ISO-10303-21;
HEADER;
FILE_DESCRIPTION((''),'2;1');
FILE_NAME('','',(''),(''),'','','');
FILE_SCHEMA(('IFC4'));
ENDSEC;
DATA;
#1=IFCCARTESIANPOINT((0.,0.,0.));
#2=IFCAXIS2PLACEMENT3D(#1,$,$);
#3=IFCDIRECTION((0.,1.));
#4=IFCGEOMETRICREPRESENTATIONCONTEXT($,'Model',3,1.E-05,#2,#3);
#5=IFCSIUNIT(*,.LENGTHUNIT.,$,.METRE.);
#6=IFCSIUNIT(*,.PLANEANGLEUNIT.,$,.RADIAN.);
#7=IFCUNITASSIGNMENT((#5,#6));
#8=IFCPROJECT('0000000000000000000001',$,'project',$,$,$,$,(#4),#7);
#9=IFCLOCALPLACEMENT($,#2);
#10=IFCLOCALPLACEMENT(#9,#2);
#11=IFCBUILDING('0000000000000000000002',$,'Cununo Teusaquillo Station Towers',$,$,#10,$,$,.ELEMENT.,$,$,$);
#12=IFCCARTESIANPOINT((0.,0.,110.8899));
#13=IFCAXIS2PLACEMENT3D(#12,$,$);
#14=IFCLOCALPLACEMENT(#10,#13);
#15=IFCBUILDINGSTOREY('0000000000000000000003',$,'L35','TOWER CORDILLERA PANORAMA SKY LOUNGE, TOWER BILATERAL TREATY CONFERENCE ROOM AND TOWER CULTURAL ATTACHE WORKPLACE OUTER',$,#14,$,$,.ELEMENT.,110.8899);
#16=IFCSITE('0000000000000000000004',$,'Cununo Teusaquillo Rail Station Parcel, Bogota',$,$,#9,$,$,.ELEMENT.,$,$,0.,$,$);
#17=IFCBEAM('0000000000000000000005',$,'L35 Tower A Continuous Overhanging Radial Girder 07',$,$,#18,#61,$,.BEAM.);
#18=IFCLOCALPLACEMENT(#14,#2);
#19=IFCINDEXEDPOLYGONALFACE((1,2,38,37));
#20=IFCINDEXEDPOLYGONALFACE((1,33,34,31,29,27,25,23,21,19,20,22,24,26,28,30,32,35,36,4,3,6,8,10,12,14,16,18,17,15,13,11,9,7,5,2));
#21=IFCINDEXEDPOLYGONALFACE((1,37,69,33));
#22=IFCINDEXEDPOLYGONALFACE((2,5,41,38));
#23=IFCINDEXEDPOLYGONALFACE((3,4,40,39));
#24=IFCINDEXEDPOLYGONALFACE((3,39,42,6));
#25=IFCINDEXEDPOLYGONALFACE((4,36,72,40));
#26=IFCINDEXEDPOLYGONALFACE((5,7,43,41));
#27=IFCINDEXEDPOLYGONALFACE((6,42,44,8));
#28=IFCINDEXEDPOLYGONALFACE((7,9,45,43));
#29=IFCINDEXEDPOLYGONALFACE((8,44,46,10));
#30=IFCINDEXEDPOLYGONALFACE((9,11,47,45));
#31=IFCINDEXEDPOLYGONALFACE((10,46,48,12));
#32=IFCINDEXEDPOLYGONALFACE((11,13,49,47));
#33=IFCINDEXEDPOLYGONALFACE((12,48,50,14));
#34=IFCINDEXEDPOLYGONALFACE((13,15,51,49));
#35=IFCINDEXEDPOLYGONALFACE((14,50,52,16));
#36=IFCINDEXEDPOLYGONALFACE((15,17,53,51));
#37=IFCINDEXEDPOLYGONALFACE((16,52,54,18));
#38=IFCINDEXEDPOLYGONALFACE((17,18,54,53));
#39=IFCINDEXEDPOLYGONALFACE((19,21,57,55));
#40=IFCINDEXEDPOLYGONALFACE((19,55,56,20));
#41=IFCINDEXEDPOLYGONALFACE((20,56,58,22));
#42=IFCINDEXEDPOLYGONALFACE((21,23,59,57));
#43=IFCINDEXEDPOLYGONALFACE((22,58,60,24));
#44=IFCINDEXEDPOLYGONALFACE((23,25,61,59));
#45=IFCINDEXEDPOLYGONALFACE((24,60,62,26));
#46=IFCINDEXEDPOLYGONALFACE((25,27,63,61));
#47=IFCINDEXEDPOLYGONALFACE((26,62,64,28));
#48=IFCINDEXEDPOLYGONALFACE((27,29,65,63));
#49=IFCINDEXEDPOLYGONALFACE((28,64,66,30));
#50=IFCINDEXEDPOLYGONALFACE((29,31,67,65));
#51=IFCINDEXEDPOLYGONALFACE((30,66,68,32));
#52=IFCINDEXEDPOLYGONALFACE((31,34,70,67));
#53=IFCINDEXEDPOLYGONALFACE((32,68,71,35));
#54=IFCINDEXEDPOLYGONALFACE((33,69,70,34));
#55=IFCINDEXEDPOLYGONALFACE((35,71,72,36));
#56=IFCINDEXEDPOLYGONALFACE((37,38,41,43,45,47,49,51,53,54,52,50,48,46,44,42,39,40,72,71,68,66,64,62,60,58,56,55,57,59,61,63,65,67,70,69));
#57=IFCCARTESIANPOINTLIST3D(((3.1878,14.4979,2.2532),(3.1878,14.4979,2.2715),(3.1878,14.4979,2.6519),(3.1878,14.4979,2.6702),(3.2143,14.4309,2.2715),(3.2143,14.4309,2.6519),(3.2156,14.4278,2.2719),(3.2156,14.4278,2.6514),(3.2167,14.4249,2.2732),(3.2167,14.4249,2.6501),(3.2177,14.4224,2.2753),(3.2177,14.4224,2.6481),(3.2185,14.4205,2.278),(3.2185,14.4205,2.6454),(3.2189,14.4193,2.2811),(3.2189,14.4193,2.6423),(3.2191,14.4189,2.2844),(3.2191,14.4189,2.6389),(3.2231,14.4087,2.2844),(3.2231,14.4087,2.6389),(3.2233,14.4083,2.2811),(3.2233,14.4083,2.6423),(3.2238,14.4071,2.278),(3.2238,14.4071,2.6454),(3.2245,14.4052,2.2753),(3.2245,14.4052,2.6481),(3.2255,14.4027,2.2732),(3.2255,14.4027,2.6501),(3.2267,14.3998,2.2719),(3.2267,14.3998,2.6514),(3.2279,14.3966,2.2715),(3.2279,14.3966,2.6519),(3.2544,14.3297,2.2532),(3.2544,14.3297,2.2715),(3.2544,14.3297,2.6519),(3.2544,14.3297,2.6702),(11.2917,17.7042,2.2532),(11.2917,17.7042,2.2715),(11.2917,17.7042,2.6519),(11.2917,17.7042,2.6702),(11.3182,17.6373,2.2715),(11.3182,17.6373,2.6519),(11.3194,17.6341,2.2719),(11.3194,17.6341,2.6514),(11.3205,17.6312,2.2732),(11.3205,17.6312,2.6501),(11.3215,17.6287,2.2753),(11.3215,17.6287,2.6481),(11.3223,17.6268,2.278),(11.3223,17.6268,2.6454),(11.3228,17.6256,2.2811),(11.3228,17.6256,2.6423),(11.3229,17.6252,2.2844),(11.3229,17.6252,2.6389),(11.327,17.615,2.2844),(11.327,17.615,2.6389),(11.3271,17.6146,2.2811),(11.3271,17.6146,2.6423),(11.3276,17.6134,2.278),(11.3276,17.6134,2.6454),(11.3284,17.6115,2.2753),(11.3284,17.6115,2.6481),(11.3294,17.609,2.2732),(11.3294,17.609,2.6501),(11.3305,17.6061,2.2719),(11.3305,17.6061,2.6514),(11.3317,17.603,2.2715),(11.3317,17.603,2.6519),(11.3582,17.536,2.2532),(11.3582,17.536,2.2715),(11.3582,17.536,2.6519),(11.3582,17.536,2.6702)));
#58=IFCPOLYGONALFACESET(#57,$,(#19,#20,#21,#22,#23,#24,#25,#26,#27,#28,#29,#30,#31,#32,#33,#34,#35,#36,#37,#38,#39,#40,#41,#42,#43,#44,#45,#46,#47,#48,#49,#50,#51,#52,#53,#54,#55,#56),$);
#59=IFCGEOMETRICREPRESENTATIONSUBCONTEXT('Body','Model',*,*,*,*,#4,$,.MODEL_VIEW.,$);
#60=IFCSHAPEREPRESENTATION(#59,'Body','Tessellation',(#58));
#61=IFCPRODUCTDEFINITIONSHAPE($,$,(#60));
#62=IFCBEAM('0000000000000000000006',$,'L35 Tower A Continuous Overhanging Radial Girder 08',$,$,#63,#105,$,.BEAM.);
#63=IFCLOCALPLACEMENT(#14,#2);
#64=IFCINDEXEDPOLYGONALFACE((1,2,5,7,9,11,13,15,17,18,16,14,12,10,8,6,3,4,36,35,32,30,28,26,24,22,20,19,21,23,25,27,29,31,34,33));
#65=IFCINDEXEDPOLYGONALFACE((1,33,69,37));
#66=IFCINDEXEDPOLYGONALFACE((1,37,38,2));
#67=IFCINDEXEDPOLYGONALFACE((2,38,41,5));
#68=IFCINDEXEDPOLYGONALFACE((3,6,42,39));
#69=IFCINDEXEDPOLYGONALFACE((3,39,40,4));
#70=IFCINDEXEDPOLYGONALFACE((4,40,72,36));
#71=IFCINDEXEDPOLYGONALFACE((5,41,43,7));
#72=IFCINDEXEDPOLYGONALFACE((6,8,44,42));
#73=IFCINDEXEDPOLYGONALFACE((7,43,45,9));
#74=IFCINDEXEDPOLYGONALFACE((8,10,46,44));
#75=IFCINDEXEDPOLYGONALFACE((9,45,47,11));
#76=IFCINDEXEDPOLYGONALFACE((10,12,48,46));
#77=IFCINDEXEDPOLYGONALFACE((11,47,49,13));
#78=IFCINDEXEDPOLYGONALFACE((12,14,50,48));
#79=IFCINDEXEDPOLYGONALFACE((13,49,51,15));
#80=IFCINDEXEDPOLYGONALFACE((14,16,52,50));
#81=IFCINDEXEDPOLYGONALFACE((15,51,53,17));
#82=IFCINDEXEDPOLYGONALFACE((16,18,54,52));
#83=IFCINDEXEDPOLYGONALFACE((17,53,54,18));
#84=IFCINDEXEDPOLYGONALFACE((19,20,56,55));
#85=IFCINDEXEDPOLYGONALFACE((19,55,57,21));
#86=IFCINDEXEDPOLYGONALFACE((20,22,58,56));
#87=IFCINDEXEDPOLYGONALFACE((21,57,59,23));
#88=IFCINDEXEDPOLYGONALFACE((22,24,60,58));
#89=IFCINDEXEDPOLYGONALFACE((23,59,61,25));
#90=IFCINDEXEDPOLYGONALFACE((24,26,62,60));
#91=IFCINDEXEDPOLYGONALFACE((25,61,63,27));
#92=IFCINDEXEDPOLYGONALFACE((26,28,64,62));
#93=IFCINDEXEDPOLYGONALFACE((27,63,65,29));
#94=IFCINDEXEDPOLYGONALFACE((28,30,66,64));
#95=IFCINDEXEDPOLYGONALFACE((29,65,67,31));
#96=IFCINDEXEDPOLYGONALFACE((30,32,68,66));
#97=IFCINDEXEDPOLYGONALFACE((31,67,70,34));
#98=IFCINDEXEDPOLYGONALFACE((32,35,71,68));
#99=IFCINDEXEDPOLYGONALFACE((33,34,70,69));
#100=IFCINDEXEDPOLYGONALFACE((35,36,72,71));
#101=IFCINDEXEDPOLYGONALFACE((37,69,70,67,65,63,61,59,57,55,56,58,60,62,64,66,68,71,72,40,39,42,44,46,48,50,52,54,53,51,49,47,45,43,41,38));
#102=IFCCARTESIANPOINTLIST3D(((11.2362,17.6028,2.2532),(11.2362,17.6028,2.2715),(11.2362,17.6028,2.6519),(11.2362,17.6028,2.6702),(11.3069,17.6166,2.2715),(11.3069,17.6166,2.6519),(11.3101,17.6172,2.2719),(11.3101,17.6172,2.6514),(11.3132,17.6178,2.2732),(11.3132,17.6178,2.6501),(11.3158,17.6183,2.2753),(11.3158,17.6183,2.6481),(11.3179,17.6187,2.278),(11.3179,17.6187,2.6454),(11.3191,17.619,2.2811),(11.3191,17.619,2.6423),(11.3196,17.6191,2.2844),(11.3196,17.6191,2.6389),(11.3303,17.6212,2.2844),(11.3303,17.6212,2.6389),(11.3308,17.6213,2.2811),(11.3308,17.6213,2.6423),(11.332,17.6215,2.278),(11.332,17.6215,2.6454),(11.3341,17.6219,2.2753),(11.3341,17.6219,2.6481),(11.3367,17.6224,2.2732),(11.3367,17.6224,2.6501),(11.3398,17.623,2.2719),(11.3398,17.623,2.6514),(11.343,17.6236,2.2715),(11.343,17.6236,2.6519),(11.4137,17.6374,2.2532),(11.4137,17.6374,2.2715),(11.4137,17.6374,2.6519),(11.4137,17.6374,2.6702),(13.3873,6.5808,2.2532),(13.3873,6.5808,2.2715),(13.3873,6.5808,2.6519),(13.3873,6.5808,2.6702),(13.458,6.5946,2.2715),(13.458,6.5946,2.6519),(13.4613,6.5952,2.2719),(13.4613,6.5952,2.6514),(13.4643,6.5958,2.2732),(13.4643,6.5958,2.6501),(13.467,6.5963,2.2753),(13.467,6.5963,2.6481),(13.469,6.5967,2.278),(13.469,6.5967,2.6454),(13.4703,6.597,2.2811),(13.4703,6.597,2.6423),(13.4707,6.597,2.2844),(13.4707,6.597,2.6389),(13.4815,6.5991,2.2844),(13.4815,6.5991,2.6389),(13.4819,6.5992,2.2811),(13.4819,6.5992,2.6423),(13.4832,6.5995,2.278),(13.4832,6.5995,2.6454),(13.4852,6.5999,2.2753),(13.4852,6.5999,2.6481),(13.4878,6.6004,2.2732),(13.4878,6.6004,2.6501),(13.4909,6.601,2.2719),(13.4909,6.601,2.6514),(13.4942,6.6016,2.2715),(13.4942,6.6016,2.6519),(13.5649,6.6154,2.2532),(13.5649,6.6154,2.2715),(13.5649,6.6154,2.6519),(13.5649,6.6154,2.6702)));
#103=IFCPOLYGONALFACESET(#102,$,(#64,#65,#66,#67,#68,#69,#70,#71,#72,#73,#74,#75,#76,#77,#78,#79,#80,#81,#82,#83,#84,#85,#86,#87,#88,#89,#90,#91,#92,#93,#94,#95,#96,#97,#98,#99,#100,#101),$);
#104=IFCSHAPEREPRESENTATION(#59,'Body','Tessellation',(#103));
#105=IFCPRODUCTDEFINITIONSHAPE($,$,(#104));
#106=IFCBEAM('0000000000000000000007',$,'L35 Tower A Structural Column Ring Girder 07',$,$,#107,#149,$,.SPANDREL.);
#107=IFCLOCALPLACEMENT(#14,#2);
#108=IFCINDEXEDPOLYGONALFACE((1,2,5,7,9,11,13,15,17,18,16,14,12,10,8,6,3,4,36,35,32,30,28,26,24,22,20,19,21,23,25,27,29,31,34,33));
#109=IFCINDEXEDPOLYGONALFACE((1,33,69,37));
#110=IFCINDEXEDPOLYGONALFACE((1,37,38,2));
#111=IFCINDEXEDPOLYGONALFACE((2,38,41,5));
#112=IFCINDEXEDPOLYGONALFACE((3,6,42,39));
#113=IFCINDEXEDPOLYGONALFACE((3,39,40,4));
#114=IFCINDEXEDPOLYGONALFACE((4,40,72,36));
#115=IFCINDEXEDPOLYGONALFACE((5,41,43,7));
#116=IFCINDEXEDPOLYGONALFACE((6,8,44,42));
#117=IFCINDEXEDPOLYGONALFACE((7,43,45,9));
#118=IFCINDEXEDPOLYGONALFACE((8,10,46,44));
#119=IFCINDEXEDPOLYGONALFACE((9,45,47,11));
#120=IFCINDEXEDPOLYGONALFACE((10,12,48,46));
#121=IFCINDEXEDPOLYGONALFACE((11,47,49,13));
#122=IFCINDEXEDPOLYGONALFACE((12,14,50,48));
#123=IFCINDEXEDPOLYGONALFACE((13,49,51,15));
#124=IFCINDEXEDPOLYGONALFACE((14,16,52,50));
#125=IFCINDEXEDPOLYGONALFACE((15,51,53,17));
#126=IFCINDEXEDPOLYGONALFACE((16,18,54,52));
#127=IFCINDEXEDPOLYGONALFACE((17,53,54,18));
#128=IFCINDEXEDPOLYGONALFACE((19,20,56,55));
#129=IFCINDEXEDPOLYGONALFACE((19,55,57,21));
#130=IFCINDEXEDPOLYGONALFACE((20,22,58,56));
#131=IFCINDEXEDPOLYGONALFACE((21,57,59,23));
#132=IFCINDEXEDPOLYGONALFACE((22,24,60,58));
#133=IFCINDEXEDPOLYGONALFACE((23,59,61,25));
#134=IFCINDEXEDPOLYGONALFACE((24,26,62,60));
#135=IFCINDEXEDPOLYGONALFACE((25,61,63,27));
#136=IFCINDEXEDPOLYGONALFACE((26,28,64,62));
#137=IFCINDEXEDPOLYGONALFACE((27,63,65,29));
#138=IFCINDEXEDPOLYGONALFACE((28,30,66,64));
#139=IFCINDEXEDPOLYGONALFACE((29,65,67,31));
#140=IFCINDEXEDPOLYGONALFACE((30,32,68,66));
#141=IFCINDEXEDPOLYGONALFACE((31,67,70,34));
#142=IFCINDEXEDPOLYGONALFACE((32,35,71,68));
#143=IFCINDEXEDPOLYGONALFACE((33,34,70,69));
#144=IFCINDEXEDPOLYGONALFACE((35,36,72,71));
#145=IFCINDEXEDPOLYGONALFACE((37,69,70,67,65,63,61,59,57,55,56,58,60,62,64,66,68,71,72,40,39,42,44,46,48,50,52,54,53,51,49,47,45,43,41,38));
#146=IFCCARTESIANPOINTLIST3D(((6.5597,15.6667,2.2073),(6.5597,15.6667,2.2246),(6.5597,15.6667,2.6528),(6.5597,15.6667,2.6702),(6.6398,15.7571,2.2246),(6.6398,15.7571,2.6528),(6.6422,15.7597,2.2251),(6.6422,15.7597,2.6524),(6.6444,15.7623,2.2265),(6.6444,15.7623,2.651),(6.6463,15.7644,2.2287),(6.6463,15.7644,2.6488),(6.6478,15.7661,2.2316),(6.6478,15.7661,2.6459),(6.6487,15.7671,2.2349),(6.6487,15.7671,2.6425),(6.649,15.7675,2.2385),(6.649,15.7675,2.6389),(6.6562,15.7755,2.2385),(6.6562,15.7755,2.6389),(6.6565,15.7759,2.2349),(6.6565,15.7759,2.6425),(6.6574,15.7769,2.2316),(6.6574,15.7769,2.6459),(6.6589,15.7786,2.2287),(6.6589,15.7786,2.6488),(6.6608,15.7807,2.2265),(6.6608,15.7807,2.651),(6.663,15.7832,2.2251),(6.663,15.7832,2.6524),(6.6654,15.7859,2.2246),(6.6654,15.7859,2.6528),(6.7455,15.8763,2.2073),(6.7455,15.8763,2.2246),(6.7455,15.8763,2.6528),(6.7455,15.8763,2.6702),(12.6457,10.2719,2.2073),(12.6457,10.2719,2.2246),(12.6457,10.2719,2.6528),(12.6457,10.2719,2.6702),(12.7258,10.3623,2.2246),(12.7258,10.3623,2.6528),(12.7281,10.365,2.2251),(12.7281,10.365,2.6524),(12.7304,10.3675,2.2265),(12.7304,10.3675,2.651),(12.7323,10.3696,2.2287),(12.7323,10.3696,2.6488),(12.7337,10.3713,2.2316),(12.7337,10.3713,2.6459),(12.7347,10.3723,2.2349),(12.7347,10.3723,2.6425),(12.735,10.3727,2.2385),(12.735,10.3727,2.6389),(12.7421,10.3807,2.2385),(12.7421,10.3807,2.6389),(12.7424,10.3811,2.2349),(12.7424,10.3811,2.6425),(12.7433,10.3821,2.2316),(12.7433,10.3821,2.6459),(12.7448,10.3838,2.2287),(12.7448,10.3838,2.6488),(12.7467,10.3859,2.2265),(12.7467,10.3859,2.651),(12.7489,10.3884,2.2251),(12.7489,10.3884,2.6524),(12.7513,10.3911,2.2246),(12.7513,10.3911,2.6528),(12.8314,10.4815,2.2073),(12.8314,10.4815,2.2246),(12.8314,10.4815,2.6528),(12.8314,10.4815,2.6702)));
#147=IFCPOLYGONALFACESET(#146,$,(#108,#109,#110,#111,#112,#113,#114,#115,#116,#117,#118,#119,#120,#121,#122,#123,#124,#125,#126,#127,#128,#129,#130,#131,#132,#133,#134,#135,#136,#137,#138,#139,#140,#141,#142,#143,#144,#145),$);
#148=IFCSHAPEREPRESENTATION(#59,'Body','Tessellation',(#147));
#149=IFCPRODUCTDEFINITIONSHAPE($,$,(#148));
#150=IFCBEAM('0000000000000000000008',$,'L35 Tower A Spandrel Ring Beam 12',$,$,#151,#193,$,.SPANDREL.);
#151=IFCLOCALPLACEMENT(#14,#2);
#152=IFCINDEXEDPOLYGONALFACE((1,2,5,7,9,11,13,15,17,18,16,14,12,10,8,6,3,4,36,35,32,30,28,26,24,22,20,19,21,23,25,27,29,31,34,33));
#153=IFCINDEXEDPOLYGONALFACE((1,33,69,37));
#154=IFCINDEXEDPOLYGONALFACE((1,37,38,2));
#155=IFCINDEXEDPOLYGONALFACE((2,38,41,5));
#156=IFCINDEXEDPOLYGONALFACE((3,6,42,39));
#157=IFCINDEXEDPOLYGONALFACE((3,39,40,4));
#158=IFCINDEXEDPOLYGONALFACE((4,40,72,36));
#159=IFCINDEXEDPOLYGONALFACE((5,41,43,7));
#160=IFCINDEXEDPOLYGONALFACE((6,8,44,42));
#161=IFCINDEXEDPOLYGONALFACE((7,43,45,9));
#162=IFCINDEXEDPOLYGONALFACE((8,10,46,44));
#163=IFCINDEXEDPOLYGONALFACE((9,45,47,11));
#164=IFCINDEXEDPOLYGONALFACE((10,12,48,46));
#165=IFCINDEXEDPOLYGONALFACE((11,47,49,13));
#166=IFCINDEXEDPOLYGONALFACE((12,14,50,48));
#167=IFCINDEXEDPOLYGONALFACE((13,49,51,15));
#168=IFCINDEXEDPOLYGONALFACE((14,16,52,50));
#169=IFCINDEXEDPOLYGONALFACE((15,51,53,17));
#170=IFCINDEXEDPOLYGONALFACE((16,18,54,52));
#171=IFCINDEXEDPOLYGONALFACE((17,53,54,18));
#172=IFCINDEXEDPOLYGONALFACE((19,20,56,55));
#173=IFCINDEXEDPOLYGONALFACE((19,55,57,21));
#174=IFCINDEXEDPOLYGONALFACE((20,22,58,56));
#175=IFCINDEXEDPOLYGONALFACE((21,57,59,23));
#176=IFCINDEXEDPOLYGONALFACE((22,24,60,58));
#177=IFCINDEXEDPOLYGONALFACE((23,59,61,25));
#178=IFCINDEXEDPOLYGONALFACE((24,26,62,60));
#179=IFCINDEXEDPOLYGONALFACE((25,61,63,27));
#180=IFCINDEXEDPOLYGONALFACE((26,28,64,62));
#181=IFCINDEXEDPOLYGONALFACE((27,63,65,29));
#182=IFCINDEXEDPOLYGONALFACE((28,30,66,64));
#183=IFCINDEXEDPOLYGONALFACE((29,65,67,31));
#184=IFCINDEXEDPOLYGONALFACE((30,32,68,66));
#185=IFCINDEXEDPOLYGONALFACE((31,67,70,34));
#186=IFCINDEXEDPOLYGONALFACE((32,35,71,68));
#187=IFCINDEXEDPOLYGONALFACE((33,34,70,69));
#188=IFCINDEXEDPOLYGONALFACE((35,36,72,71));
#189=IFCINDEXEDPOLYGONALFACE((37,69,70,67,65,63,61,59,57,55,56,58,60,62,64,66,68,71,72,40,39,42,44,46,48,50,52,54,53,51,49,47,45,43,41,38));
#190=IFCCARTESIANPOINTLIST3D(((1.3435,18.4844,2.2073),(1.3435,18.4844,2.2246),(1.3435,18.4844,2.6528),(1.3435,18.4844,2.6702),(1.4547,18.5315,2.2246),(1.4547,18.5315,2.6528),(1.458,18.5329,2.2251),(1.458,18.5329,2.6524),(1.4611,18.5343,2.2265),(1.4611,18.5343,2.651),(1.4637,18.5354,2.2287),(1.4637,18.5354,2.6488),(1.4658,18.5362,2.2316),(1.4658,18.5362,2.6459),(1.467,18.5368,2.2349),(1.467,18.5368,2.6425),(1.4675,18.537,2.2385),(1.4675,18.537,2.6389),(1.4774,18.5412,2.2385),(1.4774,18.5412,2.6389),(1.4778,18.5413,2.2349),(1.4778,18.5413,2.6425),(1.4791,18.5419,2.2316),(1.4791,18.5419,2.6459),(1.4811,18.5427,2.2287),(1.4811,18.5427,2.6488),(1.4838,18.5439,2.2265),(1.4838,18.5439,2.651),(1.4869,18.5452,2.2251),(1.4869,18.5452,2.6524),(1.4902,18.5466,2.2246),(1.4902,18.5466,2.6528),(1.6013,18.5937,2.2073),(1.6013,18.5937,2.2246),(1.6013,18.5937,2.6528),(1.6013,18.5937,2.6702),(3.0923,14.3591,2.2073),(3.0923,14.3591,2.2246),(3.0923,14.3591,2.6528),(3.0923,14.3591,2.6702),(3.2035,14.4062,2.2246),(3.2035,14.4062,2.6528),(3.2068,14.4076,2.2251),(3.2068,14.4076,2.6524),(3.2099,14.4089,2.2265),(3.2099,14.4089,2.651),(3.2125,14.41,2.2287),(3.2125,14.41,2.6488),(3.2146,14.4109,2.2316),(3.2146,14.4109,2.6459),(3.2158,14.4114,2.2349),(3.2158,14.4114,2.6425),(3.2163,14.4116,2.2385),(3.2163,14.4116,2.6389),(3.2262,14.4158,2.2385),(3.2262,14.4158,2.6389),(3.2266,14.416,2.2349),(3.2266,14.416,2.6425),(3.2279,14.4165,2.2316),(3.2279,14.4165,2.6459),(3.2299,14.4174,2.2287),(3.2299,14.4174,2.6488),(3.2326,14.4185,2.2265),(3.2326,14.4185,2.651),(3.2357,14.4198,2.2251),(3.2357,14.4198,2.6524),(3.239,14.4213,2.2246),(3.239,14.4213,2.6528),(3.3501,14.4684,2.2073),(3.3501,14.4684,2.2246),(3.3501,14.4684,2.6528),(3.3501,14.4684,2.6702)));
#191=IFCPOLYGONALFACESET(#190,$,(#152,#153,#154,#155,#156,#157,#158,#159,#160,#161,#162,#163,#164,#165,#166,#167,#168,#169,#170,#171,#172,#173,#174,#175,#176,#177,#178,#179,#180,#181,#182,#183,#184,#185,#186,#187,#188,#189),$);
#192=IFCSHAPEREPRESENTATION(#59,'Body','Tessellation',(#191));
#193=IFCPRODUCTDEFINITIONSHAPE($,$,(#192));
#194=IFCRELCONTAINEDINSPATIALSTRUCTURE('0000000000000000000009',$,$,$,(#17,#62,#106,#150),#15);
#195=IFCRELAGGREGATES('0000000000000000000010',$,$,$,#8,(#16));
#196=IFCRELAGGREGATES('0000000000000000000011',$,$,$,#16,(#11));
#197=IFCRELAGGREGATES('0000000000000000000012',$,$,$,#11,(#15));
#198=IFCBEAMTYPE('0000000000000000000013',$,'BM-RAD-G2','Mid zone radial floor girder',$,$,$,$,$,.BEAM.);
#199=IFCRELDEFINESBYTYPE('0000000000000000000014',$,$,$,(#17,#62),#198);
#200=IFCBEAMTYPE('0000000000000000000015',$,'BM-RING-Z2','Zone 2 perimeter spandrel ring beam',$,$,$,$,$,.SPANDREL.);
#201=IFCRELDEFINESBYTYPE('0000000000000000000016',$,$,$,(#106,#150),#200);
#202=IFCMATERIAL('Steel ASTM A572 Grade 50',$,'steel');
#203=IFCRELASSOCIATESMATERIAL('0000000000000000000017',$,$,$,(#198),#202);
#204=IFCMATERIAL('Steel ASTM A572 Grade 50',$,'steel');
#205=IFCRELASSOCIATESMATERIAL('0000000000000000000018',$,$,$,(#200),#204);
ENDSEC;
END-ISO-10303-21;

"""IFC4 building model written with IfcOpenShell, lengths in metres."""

from ifc_helpers import new_model, si_unit, direction, frame, origin, origin_2d, place, context, subcontext, project, spatial, i_section, extrude, material, material_profile, profile_set, type_object, element, save


model = new_model("IFC4")

# Units and contexts
model_context = context("Model", 3, precision=1e-05, world=origin(), true_north=direction((0.0, 1.0)))
body_context = subcontext(model_context, "Body", "Model", "MODEL_VIEW")
ifc_project = project(units=[si_unit("LENGTHUNIT", "METRE"), si_unit("PLANEANGLEUNIT", "RADIAN")], contexts=[model_context])

# Site, building, storey
site_placement = place(None, origin())
site = spatial("IfcSite", under=ifc_project, at=site_placement, Name="Cununo Teusaquillo Rail Station Parcel, Bogota", CompositionType="ELEMENT", RefElevation=0.0)
building_placement = place(site_placement, origin())
building = spatial("IfcBuilding", under=site, at=building_placement, Name="Cununo Teusaquillo Station Towers", CompositionType="ELEMENT")
storey_placement = place(building_placement, frame((0.0, 0.0, 110.8899)))
storey = spatial("IfcBuildingStorey", under=building, at=storey_placement, Name="L35", Description="TOWER CORDILLERA PANORAMA SKY LOUNGE, TOWER BILATERAL TREATY CONFERENCE ROOM AND TOWER CULTURAL ATTACHE WORKPLACE OUTER", CompositionType="ELEMENT", Elevation=110.8899)

# Beams
ifc_material_1 = material(Name="Steel ASTM A572 Grade 50", Category="steel")
ifc_material_profile_1 = material_profile(ifc_material_1, i_section(OverallWidth=0.1809, OverallDepth=0.417, WebThickness=0.011, FlangeThickness=0.0183, FilletRadius=0.0129, at=origin_2d()), Name="W16X57")
ifc_profile_set_1 = profile_set([ifc_material_profile_1], Name="Steel ASTM A572 Grade 50")
beam_type_1 = type_object("IfcBeamType", Name="BM-RAD-G2", Description="Mid zone radial floor girder", PredefinedType="BEAM", material=ifc_profile_set_1)
beam_1_placement = place(storey_placement, frame((11.325, 17.6201, 2.4617), z_axis=(-0.929863, -0.367906, 0.0), x_axis=(0.367906, -0.929863, 0.0)))
element("IfcBeam", 1, at=beam_1_placement, inside=storey, type_object=beam_type_1, Name="L35 Tower A Continuous Overhanging Radial Girder 07", PredefinedType="BEAM", context=body_context, shape_type="SweptSolid", body=[
    extrude(i_section(OverallWidth=0.1809, OverallDepth=0.417, WebThickness=0.011, FlangeThickness=0.0183, FilletRadius=0.0129, at=origin_2d()), origin(), (0.0, 0.0, 1.0), 8.7151),
])
beam_2_placement = place(storey_placement, frame((11.325, 17.6201, 2.4617), z_axis=(0.191553, -0.981482, 0.0), x_axis=(0.981482, 0.191553, 0.0)))
element("IfcBeam", 2, at=beam_2_placement, inside=storey, type_object=beam_type_1, Name="L35 Tower A Continuous Overhanging Radial Girder 08", PredefinedType="BEAM", context=body_context, shape_type="SweptSolid", body=[
    extrude(i_section(OverallWidth=0.1809, OverallDepth=0.417, WebThickness=0.011, FlangeThickness=0.0183, FilletRadius=0.0129, at=origin_2d()), origin(), (0.0, 0.0, 1.0), 11.23),
])
ifc_material_2 = material(Name="Steel ASTM A572 Grade 50", Category="steel")
ifc_material_profile_2 = material_profile(ifc_material_2, i_section(OverallWidth=0.28, OverallDepth=0.4629, WebThickness=0.0107, FlangeThickness=0.0173, FilletRadius=0.0139, at=origin_2d()), Name="W18X76")
ifc_profile_set_2 = profile_set([ifc_material_profile_2], Name="Steel ASTM A572 Grade 50")
beam_type_2 = type_object("IfcBeamType", Name="BM-RING-Z2", Description="Zone 2 perimeter spandrel ring beam", PredefinedType="SPANDREL", material=ifc_profile_set_2)
beam_3_placement = place(storey_placement, frame((6.6526, 15.7715, 2.4387), z_axis=(0.748321, -0.663337, 0.0), x_axis=(0.663337, 0.748321, 0.0)))
element("IfcBeam", 3, at=beam_3_placement, inside=storey, type_object=beam_type_2, Name="L35 Tower A Structural Column Ring Girder 07", PredefinedType="SPANDREL", context=body_context, shape_type="SweptSolid", body=[
    extrude(i_section(OverallWidth=0.28, OverallDepth=0.4629, WebThickness=0.0107, FlangeThickness=0.0173, FilletRadius=0.0139, at=origin_2d()), origin(), (0.0, 0.0, 1.0), 8.1328),
])
beam_4_placement = place(storey_placement, frame((1.4724, 18.5391, 2.4387), z_axis=(0.390299, -0.920688, 0.0), x_axis=(0.920688, 0.390299, 0.0)))
element("IfcBeam", 4, at=beam_4_placement, inside=storey, type_object=beam_type_2, Name="L35 Tower A Spandrel Ring Beam 12", PredefinedType="SPANDREL", context=body_context, shape_type="SweptSolid", body=[
    extrude(i_section(OverallWidth=0.28, OverallDepth=0.4629, WebThickness=0.0107, FlangeThickness=0.0173, FilletRadius=0.0139, at=origin_2d()), origin(), (0.0, 0.0, 1.0), 4.4807),
])

save(model, "model.ifc")
